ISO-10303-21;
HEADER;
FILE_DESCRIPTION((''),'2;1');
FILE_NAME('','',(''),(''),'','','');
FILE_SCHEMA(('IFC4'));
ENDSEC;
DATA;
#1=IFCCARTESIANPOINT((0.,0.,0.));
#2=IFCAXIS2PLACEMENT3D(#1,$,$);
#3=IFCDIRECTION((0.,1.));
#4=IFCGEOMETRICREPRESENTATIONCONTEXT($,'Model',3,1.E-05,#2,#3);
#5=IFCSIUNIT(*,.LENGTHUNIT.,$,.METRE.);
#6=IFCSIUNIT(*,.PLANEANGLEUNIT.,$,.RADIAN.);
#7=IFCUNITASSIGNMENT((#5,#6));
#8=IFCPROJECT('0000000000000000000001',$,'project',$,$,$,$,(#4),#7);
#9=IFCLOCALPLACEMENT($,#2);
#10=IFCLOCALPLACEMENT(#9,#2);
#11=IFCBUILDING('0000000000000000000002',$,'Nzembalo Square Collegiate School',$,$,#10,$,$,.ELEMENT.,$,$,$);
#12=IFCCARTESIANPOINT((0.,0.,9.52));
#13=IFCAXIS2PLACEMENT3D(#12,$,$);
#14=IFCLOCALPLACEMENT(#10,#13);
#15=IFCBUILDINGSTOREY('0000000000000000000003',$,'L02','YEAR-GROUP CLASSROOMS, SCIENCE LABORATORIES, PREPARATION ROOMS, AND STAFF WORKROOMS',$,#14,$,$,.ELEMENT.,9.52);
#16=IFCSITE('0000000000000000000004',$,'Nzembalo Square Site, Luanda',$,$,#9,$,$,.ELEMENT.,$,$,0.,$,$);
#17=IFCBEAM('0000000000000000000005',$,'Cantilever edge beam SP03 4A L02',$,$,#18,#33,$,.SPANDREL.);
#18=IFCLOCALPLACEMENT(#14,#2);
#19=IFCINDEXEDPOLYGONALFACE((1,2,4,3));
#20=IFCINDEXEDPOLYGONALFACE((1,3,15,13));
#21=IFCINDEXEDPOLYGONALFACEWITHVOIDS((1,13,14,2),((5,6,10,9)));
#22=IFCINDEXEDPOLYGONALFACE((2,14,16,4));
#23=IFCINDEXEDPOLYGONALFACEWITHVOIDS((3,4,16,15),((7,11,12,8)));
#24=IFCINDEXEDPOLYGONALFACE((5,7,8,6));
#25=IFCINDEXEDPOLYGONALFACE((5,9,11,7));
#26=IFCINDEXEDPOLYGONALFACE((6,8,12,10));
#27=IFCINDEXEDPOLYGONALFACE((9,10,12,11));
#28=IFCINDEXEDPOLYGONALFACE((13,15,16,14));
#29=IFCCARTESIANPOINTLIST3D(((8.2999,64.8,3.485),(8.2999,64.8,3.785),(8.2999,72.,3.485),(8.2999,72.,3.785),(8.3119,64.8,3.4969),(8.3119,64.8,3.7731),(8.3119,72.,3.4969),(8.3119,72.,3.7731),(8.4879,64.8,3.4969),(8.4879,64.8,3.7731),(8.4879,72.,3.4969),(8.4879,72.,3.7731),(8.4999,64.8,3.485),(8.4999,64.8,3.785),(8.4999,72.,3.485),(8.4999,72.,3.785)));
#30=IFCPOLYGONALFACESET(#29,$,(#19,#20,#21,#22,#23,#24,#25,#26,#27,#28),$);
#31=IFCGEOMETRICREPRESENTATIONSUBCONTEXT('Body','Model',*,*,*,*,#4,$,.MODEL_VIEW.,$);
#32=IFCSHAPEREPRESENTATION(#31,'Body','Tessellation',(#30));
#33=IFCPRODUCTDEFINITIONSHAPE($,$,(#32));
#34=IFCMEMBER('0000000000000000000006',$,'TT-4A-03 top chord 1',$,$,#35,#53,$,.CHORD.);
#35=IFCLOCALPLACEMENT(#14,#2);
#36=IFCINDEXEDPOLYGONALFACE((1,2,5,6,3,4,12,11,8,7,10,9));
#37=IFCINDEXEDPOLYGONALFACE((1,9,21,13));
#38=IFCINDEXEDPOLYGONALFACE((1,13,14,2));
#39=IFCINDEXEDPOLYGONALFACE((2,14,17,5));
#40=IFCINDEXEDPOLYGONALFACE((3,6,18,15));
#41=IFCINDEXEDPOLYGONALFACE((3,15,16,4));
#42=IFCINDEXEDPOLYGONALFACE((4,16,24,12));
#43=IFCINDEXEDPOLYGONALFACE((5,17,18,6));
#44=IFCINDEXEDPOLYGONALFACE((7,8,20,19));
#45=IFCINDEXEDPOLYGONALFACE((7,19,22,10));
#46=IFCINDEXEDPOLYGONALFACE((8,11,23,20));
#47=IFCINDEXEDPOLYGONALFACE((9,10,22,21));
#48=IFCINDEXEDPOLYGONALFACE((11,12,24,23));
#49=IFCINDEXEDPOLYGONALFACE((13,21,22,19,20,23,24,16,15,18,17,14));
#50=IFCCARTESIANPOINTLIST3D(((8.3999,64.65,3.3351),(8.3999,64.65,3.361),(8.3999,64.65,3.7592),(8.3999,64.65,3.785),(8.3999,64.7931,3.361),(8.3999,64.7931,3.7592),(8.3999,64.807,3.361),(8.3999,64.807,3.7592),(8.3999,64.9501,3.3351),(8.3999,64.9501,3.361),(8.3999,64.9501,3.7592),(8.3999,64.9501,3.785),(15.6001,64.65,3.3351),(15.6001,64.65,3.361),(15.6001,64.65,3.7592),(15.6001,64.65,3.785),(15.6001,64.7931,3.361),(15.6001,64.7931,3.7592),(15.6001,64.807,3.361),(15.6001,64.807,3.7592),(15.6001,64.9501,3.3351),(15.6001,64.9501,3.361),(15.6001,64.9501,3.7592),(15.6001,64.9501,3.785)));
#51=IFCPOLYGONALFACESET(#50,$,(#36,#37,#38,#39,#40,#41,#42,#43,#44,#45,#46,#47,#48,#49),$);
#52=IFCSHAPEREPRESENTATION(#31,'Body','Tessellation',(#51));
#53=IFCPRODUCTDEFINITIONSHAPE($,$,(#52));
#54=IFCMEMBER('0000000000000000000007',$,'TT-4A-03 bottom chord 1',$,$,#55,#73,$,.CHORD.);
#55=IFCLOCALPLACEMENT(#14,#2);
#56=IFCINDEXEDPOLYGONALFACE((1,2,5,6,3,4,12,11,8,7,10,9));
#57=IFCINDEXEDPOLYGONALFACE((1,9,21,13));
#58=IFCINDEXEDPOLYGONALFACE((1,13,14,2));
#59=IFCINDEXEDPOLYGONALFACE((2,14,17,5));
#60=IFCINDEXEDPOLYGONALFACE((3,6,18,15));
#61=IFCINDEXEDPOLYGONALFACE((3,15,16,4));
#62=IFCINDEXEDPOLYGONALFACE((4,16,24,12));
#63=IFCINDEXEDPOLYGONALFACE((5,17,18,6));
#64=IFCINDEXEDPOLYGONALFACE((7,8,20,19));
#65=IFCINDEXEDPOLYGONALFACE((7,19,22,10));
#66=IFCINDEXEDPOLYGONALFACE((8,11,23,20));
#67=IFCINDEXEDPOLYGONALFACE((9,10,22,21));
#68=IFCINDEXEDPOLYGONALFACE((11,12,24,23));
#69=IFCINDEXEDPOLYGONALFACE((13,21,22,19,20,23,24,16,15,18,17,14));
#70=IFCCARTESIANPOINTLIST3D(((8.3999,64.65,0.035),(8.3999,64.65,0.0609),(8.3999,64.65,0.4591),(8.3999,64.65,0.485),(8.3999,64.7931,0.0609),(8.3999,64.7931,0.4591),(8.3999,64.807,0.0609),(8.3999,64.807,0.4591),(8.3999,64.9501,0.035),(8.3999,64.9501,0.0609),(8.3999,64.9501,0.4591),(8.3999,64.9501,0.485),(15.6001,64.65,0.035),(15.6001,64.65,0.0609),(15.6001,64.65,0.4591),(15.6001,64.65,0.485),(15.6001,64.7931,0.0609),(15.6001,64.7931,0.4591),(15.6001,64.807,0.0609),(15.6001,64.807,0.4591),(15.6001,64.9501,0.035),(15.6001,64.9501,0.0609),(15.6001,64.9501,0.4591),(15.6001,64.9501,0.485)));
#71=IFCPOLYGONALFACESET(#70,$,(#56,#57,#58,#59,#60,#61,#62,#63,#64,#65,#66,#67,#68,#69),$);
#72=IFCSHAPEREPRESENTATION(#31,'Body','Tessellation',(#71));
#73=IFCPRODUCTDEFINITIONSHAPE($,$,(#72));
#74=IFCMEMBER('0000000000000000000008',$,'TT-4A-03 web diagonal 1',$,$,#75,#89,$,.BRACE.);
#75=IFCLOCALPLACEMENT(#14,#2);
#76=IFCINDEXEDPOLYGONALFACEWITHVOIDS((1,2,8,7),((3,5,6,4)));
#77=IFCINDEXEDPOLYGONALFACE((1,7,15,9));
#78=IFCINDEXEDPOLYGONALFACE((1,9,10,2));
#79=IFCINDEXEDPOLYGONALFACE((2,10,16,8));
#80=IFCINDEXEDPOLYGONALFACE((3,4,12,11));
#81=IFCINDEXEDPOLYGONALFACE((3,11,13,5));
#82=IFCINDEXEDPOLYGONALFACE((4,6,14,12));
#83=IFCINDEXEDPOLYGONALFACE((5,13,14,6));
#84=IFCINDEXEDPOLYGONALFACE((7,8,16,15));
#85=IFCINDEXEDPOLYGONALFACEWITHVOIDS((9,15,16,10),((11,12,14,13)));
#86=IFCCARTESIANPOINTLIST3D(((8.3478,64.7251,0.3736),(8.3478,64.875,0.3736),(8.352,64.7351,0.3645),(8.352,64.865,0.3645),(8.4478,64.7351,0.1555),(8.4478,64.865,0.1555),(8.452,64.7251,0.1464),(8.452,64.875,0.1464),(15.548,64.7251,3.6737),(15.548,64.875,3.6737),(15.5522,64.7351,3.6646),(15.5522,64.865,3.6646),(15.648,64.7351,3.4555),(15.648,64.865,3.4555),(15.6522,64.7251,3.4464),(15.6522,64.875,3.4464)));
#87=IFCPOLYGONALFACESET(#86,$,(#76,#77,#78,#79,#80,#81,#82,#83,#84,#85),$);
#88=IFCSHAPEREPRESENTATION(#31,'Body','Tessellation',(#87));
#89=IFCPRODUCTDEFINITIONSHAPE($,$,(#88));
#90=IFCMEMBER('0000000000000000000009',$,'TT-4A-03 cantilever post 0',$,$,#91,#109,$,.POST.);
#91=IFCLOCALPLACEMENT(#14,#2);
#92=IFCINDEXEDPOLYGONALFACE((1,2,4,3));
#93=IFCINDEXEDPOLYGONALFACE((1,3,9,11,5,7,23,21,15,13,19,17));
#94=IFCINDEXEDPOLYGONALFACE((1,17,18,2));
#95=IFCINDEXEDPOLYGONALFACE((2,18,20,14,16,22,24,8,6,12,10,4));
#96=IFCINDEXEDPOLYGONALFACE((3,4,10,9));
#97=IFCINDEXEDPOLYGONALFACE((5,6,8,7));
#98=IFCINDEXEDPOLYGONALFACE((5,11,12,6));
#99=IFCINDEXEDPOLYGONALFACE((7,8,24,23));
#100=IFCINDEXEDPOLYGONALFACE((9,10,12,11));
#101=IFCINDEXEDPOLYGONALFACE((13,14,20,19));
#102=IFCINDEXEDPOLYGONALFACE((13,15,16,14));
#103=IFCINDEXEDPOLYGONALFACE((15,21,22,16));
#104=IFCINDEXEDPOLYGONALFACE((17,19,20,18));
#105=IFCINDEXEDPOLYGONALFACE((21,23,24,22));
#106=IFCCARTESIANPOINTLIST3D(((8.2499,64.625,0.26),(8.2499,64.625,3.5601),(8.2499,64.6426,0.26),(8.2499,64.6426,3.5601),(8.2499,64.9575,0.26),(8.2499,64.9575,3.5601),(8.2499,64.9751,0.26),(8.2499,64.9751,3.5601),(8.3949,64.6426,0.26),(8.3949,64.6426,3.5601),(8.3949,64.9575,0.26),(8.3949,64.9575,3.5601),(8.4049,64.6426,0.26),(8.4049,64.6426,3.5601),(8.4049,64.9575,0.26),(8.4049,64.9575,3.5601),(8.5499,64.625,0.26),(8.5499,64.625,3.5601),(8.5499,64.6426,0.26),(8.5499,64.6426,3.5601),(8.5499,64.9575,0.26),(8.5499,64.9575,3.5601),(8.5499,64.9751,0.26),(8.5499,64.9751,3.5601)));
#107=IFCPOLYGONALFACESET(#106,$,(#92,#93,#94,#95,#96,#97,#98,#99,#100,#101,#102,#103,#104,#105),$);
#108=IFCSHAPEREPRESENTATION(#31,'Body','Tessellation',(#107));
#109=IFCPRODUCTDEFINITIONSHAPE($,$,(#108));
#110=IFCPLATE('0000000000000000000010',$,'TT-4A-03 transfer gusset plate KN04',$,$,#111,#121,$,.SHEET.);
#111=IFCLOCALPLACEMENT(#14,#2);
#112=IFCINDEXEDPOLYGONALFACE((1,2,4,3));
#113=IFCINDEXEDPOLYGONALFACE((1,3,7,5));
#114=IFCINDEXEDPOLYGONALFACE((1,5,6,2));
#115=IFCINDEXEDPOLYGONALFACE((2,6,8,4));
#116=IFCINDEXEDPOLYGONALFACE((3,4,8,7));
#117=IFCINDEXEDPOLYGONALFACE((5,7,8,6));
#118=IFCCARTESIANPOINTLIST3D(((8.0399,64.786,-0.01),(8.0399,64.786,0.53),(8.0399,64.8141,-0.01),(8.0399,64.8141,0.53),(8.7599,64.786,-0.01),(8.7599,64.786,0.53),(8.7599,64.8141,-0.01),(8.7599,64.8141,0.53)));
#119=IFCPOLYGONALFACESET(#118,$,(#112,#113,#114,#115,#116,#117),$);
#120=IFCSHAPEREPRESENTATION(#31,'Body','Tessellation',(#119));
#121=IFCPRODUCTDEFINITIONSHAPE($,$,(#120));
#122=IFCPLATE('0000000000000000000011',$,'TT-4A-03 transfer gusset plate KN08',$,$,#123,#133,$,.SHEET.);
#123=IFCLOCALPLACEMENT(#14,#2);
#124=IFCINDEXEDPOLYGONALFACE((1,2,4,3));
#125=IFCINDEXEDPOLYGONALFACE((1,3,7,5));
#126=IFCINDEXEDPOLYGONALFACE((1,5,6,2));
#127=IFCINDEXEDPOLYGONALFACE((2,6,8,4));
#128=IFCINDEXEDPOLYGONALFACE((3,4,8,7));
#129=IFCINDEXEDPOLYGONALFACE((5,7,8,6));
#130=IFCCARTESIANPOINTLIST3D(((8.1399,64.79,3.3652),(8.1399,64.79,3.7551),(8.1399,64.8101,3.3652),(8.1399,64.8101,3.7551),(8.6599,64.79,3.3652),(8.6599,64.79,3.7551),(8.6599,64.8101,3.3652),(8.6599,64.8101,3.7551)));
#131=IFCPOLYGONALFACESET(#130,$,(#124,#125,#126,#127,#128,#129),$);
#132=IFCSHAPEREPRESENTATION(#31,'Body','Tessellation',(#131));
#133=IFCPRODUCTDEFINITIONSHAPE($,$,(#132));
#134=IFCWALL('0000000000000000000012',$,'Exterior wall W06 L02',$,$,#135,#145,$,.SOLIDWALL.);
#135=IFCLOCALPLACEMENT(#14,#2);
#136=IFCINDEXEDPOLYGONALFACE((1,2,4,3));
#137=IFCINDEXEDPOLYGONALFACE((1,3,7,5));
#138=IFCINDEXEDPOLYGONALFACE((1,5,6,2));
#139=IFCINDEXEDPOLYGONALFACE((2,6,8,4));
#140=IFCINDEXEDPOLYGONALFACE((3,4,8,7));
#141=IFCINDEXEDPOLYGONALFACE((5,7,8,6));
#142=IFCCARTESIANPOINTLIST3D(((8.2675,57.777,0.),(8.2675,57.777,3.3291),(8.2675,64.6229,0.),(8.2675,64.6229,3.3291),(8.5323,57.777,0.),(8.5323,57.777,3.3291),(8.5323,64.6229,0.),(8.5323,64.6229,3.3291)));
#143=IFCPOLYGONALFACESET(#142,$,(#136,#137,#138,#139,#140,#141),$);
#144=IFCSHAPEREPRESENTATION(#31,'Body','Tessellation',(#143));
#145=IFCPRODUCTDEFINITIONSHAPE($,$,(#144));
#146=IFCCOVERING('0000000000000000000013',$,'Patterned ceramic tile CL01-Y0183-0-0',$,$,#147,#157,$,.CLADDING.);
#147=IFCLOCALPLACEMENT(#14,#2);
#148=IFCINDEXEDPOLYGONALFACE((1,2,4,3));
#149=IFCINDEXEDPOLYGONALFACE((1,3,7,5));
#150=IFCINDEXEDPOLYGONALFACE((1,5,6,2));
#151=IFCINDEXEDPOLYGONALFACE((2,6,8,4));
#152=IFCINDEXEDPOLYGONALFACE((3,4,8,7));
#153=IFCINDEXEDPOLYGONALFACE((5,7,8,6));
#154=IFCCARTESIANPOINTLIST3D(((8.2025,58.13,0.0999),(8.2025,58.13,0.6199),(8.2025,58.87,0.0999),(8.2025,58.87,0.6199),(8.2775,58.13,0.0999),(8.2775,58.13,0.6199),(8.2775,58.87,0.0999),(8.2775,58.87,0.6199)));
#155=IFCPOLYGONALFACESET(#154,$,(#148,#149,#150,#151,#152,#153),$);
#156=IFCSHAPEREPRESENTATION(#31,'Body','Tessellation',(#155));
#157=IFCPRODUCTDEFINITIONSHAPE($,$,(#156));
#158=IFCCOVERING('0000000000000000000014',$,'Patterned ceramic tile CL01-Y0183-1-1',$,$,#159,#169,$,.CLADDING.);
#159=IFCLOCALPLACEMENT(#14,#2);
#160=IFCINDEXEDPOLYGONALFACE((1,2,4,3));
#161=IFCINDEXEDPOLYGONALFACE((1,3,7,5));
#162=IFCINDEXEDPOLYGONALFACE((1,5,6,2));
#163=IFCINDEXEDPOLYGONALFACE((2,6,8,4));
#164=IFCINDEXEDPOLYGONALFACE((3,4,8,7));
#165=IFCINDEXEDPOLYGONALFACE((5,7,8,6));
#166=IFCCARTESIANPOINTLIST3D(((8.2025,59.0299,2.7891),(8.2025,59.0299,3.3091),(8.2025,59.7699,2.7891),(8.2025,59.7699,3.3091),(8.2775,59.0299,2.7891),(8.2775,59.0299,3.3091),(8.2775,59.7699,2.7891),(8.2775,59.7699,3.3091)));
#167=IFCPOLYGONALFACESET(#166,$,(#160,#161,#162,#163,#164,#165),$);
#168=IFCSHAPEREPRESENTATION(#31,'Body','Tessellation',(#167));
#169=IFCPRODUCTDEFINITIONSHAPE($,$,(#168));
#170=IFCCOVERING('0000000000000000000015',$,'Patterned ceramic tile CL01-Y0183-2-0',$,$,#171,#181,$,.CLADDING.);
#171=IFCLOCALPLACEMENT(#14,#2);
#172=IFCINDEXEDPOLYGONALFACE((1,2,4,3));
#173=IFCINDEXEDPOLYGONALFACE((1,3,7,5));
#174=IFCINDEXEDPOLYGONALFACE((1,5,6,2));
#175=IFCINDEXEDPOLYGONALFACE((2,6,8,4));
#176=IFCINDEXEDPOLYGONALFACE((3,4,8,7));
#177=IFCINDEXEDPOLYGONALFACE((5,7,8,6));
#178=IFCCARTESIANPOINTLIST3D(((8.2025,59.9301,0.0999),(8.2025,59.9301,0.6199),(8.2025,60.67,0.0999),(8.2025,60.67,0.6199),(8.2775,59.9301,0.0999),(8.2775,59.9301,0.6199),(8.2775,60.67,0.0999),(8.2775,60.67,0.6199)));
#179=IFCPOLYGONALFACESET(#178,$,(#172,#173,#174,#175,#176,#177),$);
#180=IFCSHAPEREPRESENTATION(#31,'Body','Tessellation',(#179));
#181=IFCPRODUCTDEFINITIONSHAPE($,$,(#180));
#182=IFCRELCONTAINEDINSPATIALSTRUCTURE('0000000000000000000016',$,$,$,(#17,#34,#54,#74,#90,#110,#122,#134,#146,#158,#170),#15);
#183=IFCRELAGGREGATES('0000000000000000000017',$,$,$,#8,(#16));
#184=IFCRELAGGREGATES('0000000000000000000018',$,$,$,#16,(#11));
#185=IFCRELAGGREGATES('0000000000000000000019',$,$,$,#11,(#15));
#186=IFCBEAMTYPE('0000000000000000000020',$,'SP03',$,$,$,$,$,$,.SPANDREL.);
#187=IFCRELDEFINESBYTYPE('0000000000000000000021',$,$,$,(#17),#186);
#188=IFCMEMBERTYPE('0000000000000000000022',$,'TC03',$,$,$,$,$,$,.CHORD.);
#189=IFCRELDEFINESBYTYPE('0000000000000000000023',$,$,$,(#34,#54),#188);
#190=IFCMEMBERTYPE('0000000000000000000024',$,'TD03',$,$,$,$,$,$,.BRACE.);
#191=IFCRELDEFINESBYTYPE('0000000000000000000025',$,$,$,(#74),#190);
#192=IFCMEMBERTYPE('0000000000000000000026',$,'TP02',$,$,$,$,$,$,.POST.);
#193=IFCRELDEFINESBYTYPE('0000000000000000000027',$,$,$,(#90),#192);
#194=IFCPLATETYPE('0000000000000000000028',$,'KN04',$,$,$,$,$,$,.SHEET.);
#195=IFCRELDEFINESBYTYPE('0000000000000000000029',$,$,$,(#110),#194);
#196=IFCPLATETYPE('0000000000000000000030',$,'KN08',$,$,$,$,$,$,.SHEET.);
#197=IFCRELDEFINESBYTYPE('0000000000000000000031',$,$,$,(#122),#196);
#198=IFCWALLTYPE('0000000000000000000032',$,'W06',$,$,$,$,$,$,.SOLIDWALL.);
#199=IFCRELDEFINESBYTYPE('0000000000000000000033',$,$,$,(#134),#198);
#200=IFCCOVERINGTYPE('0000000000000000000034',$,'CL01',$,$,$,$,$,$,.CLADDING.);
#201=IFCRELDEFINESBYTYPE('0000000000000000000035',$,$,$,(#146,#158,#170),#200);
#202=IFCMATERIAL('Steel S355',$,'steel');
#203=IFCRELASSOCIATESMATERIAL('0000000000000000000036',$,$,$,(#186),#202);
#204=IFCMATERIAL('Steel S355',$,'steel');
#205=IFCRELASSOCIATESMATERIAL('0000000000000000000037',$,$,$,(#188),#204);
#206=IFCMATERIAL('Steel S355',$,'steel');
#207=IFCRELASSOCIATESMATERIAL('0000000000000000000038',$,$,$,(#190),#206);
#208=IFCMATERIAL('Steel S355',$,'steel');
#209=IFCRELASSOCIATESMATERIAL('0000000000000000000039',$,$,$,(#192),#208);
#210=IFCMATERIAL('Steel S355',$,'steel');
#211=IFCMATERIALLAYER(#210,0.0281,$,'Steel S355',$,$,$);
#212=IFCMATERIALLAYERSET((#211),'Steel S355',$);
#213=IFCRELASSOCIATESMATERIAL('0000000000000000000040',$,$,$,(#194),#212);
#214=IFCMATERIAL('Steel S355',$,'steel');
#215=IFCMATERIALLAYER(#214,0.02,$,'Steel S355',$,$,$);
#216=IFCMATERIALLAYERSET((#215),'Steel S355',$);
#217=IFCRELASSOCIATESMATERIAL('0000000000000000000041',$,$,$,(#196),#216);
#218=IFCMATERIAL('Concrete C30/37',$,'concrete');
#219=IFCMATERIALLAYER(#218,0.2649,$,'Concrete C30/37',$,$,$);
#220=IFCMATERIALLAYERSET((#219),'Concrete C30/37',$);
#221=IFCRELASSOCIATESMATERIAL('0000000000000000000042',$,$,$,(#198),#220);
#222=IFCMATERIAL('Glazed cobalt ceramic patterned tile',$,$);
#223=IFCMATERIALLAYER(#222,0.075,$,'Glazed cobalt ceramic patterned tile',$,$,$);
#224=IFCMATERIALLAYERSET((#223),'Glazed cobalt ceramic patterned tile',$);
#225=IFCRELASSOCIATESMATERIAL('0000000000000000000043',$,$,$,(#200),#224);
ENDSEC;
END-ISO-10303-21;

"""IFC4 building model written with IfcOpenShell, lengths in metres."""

from ifc_helpers import new_model, si_unit, direction, frame, frame_2d, origin, origin_2d, place, context, subcontext, project, spatial, rectangle, hollow_rectangle, i_section, extrude, material, layer, layer_set, material_profile, profile_set, type_object, element, save


model = new_model("IFC4")

# Units and contexts
model_context = context("Model", 3, precision=1e-05, world=origin(), true_north=direction((0.0, 1.0)))
body_context = subcontext(model_context, "Body", "Model", "MODEL_VIEW")
ifc_project = project(units=[si_unit("LENGTHUNIT", "METRE"), si_unit("PLANEANGLEUNIT", "RADIAN")], contexts=[model_context])

# Site, building, storey
site_placement = place(None, origin())
site = spatial("IfcSite", under=ifc_project, at=site_placement, Name="Nzembalo Square Site, Luanda", CompositionType="ELEMENT", RefElevation=0.0)
building_placement = place(site_placement, origin())
building = spatial("IfcBuilding", under=site, at=building_placement, Name="Nzembalo Square Collegiate School", CompositionType="ELEMENT")
storey_placement = place(building_placement, frame((0.0, 0.0, 9.52)))
storey = spatial("IfcBuildingStorey", under=building, at=storey_placement, Name="L02", Description="YEAR-GROUP CLASSROOMS, SCIENCE LABORATORIES, PREPARATION ROOMS, AND STAFF WORKROOMS", CompositionType="ELEMENT", Elevation=9.52)

# Beam
ifc_material_1 = material(Name="Steel S355", Category="steel")
ifc_material_profile_1 = material_profile(ifc_material_1, hollow_rectangle(XDim=0.2, YDim=0.3, WallThickness=0.012, at=origin_2d()), Name="RHS 300x200x12")
ifc_profile_set_1 = profile_set([ifc_material_profile_1], Name="Steel S355")
beam_type = type_object("IfcBeamType", Name="SP03", PredefinedType="SPANDREL", material=ifc_profile_set_1)
beam_placement = place(storey_placement, frame((8.3999, 64.8, 3.635), z_axis=(0.0, 1.0, 0.0), x_axis=(-1.0, 0.0, 0.0)))
element("IfcBeam", 1, at=beam_placement, inside=storey, type_object=beam_type, Name="Cantilever edge beam SP03 4A L02", PredefinedType="SPANDREL", context=body_context, shape_type="SweptSolid", body=[
    extrude(hollow_rectangle(XDim=0.2, YDim=0.3, WallThickness=0.012, at=origin_2d()), origin(), (0.0, 0.0, 1.0), 7.2),
])

# Members
ifc_material_2 = material(Name="Steel S355", Category="steel")
ifc_material_profile_2 = material_profile(ifc_material_2, i_section(OverallWidth=0.3, OverallDepth=0.45, WebThickness=0.0139, FlangeThickness=0.0259, at=origin_2d()), Name="HEB 450")
ifc_profile_set_2 = profile_set([ifc_material_profile_2], Name="Steel S355")
member_type_1 = type_object("IfcMemberType", Name="TC03", PredefinedType="CHORD", material=ifc_profile_set_2)
for number, where, z_axis, x_axis, name in (
    (2, (8.3999, 64.8, 3.5601), (1.0, 0.0, 0.0), (0.0, 1.0, 0.0), "TT-4A-03 top chord 1"),
    (3, (8.3999, 64.8, 0.26), (1.0, 0.0, 0.0), (0.0, 1.0, 0.0), "TT-4A-03 bottom chord 1"),
):
    element("IfcMember", number, at=place(storey_placement, frame(where, z_axis=z_axis, x_axis=x_axis)), inside=storey, type_object=member_type_1, Name=name, PredefinedType="CHORD", context=body_context, shape_type="SweptSolid", body=[
        extrude(i_section(OverallWidth=0.3, OverallDepth=0.45, WebThickness=0.0139, FlangeThickness=0.0259, at=origin_2d()), origin(), (0.0, 0.0, 1.0), 7.2002),
    ])
ifc_material_3 = material(Name="Steel S355", Category="steel")
ifc_material_profile_3 = material_profile(ifc_material_3, hollow_rectangle(XDim=0.1499, YDim=0.25, WallThickness=0.01, at=origin_2d()), Name="RHS 250x150x10")
ifc_profile_set_3 = profile_set([ifc_material_profile_3], Name="Steel S355")
member_type_2 = type_object("IfcMemberType", Name="TD03", PredefinedType="BRACE", material=ifc_profile_set_3)
member_1_placement = place(storey_placement, frame((8.3999, 64.8, 0.26), z_axis=(0.909067, 0.0, 0.41665), x_axis=(0.0, 1.0, 0.0)))
element("IfcMember", 4, at=member_1_placement, inside=storey, type_object=member_type_2, Name="TT-4A-03 web diagonal 1", PredefinedType="BRACE", context=body_context, shape_type="SweptSolid", body=[
    extrude(hollow_rectangle(XDim=0.1499, YDim=0.25, WallThickness=0.01, at=origin_2d()), origin(), (0.0, 0.0, 1.0), 7.9204),
])
ifc_material_4 = material(Name="Steel S355", Category="steel")
ifc_material_profile_4 = material_profile(ifc_material_4, i_section(OverallWidth=0.3, OverallDepth=0.3501, WebThickness=0.01, FlangeThickness=0.0176, at=origin_2d()), Name="HEA 360")
ifc_profile_set_4 = profile_set([ifc_material_profile_4], Name="Steel S355")
member_type_3 = type_object("IfcMemberType", Name="TP02", PredefinedType="POST", material=ifc_profile_set_4)
member_2_placement = place(storey_placement, frame((8.3999, 64.8, 0.26), z_axis=(0.0, 0.0, 1.0), x_axis=(1.0, 0.0, 0.0)))
element("IfcMember", 5, at=member_2_placement, inside=storey, type_object=member_type_3, Name="TT-4A-03 cantilever post 0", PredefinedType="POST", context=body_context, shape_type="SweptSolid", body=[
    extrude(i_section(OverallWidth=0.3, OverallDepth=0.3501, WebThickness=0.01, FlangeThickness=0.0176, at=origin_2d()), origin(), (0.0, 0.0, 1.0), 3.3),
])

# Plates
ifc_material_5 = material(Name="Steel S355", Category="steel")
ifc_layer_1 = layer(ifc_material_5, 0.0281, Name="Steel S355")
ifc_layer_set_1 = layer_set([ifc_layer_1], Name="Steel S355")
plate_type_1 = type_object("IfcPlateType", Name="KN04", PredefinedType="SHEET", material=ifc_layer_set_1)
plate_1_placement = place(storey_placement, frame((8.3999, 64.8, -0.01), z_axis=(0.0, 0.0, 1.0), x_axis=(1.0, 0.0, 0.0)))
element("IfcPlate", 6, at=plate_1_placement, inside=storey, type_object=plate_type_1, Name="TT-4A-03 transfer gusset plate KN04", PredefinedType="SHEET", context=body_context, shape_type="SweptSolid", body=[
    extrude(rectangle(XDim=0.72, YDim=0.0281, at=origin_2d()), origin(), (0.0, 0.0, 1.0), 0.54),
])
ifc_material_6 = material(Name="Steel S355", Category="steel")
ifc_layer_2 = layer(ifc_material_6, 0.02, Name="Steel S355")
ifc_layer_set_2 = layer_set([ifc_layer_2], Name="Steel S355")
plate_type_2 = type_object("IfcPlateType", Name="KN08", PredefinedType="SHEET", material=ifc_layer_set_2)
plate_2_placement = place(storey_placement, frame((8.3999, 64.8, 3.3652), z_axis=(0.0, 0.0, 1.0), x_axis=(1.0, 0.0, 0.0)))
element("IfcPlate", 7, at=plate_2_placement, inside=storey, type_object=plate_type_2, Name="TT-4A-03 transfer gusset plate KN08", PredefinedType="SHEET", context=body_context, shape_type="SweptSolid", body=[
    extrude(rectangle(XDim=0.52, YDim=0.02, at=origin_2d()), origin(), (0.0, 0.0, 1.0), 0.3899),
])

# Wall
ifc_material_7 = material(Name="Concrete C30/37", Category="concrete")
ifc_layer_3 = layer(ifc_material_7, 0.2649, Name="Concrete C30/37")
ifc_layer_set_3 = layer_set([ifc_layer_3], Name="Concrete C30/37")
wall_type = type_object("IfcWallType", Name="W06", PredefinedType="SOLIDWALL", material=ifc_layer_set_3)
wall_placement = place(storey_placement, frame((8.3999, 57.7771, 0.0), z_axis=(0.0, 0.0, 1.0), x_axis=(0.0, 1.0, 0.0)))
element("IfcWall", 8, at=wall_placement, inside=storey, type_object=wall_type, Name="Exterior wall W06 L02", PredefinedType="SOLIDWALL", context=body_context, shape_type="SweptSolid", body=[
    extrude(rectangle(XDim=6.8459, YDim=0.2649, at=frame_2d((3.4229, 0.0))), origin(), (0.0, 0.0, 1.0), 3.3291),
])

# Coverings
ifc_material_8 = material(Name="Glazed cobalt ceramic patterned tile")
ifc_layer_4 = layer(ifc_material_8, 0.075, Name="Glazed cobalt ceramic patterned tile")
ifc_layer_set_4 = layer_set([ifc_layer_4], Name="Glazed cobalt ceramic patterned tile")
covering_type_1 = type_object("IfcCoveringType", Name="CL01", PredefinedType="CLADDING", material=ifc_layer_set_4)
for number, where, z_axis, x_axis, name in (
    (9, (8.24, 58.5, 0.0999), (0.0, 0.0, 1.0), (1.0, 0.0, 0.0), "Patterned ceramic tile CL01-Y0183-0-0"),
    (10, (8.24, 59.3999, 2.7891), (0.0, 0.0, 1.0), (1.0, 0.0, 0.0), "Patterned ceramic tile CL01-Y0183-1-1"),
    (11, (8.24, 60.3, 0.0999), (0.0, 0.0, 1.0), (1.0, 0.0, 0.0), "Patterned ceramic tile CL01-Y0183-2-0"),
):
    element("IfcCovering", number, at=place(storey_placement, frame(where, z_axis=z_axis, x_axis=x_axis)), inside=storey, type_object=covering_type_1, Name=name, PredefinedType="CLADDING", context=body_context, shape_type="SweptSolid", body=[
        extrude(rectangle(XDim=0.075, YDim=0.74, at=origin_2d()), origin(), (0.0, 0.0, 1.0), 0.52),
    ])

save(model, "model.ifc")
